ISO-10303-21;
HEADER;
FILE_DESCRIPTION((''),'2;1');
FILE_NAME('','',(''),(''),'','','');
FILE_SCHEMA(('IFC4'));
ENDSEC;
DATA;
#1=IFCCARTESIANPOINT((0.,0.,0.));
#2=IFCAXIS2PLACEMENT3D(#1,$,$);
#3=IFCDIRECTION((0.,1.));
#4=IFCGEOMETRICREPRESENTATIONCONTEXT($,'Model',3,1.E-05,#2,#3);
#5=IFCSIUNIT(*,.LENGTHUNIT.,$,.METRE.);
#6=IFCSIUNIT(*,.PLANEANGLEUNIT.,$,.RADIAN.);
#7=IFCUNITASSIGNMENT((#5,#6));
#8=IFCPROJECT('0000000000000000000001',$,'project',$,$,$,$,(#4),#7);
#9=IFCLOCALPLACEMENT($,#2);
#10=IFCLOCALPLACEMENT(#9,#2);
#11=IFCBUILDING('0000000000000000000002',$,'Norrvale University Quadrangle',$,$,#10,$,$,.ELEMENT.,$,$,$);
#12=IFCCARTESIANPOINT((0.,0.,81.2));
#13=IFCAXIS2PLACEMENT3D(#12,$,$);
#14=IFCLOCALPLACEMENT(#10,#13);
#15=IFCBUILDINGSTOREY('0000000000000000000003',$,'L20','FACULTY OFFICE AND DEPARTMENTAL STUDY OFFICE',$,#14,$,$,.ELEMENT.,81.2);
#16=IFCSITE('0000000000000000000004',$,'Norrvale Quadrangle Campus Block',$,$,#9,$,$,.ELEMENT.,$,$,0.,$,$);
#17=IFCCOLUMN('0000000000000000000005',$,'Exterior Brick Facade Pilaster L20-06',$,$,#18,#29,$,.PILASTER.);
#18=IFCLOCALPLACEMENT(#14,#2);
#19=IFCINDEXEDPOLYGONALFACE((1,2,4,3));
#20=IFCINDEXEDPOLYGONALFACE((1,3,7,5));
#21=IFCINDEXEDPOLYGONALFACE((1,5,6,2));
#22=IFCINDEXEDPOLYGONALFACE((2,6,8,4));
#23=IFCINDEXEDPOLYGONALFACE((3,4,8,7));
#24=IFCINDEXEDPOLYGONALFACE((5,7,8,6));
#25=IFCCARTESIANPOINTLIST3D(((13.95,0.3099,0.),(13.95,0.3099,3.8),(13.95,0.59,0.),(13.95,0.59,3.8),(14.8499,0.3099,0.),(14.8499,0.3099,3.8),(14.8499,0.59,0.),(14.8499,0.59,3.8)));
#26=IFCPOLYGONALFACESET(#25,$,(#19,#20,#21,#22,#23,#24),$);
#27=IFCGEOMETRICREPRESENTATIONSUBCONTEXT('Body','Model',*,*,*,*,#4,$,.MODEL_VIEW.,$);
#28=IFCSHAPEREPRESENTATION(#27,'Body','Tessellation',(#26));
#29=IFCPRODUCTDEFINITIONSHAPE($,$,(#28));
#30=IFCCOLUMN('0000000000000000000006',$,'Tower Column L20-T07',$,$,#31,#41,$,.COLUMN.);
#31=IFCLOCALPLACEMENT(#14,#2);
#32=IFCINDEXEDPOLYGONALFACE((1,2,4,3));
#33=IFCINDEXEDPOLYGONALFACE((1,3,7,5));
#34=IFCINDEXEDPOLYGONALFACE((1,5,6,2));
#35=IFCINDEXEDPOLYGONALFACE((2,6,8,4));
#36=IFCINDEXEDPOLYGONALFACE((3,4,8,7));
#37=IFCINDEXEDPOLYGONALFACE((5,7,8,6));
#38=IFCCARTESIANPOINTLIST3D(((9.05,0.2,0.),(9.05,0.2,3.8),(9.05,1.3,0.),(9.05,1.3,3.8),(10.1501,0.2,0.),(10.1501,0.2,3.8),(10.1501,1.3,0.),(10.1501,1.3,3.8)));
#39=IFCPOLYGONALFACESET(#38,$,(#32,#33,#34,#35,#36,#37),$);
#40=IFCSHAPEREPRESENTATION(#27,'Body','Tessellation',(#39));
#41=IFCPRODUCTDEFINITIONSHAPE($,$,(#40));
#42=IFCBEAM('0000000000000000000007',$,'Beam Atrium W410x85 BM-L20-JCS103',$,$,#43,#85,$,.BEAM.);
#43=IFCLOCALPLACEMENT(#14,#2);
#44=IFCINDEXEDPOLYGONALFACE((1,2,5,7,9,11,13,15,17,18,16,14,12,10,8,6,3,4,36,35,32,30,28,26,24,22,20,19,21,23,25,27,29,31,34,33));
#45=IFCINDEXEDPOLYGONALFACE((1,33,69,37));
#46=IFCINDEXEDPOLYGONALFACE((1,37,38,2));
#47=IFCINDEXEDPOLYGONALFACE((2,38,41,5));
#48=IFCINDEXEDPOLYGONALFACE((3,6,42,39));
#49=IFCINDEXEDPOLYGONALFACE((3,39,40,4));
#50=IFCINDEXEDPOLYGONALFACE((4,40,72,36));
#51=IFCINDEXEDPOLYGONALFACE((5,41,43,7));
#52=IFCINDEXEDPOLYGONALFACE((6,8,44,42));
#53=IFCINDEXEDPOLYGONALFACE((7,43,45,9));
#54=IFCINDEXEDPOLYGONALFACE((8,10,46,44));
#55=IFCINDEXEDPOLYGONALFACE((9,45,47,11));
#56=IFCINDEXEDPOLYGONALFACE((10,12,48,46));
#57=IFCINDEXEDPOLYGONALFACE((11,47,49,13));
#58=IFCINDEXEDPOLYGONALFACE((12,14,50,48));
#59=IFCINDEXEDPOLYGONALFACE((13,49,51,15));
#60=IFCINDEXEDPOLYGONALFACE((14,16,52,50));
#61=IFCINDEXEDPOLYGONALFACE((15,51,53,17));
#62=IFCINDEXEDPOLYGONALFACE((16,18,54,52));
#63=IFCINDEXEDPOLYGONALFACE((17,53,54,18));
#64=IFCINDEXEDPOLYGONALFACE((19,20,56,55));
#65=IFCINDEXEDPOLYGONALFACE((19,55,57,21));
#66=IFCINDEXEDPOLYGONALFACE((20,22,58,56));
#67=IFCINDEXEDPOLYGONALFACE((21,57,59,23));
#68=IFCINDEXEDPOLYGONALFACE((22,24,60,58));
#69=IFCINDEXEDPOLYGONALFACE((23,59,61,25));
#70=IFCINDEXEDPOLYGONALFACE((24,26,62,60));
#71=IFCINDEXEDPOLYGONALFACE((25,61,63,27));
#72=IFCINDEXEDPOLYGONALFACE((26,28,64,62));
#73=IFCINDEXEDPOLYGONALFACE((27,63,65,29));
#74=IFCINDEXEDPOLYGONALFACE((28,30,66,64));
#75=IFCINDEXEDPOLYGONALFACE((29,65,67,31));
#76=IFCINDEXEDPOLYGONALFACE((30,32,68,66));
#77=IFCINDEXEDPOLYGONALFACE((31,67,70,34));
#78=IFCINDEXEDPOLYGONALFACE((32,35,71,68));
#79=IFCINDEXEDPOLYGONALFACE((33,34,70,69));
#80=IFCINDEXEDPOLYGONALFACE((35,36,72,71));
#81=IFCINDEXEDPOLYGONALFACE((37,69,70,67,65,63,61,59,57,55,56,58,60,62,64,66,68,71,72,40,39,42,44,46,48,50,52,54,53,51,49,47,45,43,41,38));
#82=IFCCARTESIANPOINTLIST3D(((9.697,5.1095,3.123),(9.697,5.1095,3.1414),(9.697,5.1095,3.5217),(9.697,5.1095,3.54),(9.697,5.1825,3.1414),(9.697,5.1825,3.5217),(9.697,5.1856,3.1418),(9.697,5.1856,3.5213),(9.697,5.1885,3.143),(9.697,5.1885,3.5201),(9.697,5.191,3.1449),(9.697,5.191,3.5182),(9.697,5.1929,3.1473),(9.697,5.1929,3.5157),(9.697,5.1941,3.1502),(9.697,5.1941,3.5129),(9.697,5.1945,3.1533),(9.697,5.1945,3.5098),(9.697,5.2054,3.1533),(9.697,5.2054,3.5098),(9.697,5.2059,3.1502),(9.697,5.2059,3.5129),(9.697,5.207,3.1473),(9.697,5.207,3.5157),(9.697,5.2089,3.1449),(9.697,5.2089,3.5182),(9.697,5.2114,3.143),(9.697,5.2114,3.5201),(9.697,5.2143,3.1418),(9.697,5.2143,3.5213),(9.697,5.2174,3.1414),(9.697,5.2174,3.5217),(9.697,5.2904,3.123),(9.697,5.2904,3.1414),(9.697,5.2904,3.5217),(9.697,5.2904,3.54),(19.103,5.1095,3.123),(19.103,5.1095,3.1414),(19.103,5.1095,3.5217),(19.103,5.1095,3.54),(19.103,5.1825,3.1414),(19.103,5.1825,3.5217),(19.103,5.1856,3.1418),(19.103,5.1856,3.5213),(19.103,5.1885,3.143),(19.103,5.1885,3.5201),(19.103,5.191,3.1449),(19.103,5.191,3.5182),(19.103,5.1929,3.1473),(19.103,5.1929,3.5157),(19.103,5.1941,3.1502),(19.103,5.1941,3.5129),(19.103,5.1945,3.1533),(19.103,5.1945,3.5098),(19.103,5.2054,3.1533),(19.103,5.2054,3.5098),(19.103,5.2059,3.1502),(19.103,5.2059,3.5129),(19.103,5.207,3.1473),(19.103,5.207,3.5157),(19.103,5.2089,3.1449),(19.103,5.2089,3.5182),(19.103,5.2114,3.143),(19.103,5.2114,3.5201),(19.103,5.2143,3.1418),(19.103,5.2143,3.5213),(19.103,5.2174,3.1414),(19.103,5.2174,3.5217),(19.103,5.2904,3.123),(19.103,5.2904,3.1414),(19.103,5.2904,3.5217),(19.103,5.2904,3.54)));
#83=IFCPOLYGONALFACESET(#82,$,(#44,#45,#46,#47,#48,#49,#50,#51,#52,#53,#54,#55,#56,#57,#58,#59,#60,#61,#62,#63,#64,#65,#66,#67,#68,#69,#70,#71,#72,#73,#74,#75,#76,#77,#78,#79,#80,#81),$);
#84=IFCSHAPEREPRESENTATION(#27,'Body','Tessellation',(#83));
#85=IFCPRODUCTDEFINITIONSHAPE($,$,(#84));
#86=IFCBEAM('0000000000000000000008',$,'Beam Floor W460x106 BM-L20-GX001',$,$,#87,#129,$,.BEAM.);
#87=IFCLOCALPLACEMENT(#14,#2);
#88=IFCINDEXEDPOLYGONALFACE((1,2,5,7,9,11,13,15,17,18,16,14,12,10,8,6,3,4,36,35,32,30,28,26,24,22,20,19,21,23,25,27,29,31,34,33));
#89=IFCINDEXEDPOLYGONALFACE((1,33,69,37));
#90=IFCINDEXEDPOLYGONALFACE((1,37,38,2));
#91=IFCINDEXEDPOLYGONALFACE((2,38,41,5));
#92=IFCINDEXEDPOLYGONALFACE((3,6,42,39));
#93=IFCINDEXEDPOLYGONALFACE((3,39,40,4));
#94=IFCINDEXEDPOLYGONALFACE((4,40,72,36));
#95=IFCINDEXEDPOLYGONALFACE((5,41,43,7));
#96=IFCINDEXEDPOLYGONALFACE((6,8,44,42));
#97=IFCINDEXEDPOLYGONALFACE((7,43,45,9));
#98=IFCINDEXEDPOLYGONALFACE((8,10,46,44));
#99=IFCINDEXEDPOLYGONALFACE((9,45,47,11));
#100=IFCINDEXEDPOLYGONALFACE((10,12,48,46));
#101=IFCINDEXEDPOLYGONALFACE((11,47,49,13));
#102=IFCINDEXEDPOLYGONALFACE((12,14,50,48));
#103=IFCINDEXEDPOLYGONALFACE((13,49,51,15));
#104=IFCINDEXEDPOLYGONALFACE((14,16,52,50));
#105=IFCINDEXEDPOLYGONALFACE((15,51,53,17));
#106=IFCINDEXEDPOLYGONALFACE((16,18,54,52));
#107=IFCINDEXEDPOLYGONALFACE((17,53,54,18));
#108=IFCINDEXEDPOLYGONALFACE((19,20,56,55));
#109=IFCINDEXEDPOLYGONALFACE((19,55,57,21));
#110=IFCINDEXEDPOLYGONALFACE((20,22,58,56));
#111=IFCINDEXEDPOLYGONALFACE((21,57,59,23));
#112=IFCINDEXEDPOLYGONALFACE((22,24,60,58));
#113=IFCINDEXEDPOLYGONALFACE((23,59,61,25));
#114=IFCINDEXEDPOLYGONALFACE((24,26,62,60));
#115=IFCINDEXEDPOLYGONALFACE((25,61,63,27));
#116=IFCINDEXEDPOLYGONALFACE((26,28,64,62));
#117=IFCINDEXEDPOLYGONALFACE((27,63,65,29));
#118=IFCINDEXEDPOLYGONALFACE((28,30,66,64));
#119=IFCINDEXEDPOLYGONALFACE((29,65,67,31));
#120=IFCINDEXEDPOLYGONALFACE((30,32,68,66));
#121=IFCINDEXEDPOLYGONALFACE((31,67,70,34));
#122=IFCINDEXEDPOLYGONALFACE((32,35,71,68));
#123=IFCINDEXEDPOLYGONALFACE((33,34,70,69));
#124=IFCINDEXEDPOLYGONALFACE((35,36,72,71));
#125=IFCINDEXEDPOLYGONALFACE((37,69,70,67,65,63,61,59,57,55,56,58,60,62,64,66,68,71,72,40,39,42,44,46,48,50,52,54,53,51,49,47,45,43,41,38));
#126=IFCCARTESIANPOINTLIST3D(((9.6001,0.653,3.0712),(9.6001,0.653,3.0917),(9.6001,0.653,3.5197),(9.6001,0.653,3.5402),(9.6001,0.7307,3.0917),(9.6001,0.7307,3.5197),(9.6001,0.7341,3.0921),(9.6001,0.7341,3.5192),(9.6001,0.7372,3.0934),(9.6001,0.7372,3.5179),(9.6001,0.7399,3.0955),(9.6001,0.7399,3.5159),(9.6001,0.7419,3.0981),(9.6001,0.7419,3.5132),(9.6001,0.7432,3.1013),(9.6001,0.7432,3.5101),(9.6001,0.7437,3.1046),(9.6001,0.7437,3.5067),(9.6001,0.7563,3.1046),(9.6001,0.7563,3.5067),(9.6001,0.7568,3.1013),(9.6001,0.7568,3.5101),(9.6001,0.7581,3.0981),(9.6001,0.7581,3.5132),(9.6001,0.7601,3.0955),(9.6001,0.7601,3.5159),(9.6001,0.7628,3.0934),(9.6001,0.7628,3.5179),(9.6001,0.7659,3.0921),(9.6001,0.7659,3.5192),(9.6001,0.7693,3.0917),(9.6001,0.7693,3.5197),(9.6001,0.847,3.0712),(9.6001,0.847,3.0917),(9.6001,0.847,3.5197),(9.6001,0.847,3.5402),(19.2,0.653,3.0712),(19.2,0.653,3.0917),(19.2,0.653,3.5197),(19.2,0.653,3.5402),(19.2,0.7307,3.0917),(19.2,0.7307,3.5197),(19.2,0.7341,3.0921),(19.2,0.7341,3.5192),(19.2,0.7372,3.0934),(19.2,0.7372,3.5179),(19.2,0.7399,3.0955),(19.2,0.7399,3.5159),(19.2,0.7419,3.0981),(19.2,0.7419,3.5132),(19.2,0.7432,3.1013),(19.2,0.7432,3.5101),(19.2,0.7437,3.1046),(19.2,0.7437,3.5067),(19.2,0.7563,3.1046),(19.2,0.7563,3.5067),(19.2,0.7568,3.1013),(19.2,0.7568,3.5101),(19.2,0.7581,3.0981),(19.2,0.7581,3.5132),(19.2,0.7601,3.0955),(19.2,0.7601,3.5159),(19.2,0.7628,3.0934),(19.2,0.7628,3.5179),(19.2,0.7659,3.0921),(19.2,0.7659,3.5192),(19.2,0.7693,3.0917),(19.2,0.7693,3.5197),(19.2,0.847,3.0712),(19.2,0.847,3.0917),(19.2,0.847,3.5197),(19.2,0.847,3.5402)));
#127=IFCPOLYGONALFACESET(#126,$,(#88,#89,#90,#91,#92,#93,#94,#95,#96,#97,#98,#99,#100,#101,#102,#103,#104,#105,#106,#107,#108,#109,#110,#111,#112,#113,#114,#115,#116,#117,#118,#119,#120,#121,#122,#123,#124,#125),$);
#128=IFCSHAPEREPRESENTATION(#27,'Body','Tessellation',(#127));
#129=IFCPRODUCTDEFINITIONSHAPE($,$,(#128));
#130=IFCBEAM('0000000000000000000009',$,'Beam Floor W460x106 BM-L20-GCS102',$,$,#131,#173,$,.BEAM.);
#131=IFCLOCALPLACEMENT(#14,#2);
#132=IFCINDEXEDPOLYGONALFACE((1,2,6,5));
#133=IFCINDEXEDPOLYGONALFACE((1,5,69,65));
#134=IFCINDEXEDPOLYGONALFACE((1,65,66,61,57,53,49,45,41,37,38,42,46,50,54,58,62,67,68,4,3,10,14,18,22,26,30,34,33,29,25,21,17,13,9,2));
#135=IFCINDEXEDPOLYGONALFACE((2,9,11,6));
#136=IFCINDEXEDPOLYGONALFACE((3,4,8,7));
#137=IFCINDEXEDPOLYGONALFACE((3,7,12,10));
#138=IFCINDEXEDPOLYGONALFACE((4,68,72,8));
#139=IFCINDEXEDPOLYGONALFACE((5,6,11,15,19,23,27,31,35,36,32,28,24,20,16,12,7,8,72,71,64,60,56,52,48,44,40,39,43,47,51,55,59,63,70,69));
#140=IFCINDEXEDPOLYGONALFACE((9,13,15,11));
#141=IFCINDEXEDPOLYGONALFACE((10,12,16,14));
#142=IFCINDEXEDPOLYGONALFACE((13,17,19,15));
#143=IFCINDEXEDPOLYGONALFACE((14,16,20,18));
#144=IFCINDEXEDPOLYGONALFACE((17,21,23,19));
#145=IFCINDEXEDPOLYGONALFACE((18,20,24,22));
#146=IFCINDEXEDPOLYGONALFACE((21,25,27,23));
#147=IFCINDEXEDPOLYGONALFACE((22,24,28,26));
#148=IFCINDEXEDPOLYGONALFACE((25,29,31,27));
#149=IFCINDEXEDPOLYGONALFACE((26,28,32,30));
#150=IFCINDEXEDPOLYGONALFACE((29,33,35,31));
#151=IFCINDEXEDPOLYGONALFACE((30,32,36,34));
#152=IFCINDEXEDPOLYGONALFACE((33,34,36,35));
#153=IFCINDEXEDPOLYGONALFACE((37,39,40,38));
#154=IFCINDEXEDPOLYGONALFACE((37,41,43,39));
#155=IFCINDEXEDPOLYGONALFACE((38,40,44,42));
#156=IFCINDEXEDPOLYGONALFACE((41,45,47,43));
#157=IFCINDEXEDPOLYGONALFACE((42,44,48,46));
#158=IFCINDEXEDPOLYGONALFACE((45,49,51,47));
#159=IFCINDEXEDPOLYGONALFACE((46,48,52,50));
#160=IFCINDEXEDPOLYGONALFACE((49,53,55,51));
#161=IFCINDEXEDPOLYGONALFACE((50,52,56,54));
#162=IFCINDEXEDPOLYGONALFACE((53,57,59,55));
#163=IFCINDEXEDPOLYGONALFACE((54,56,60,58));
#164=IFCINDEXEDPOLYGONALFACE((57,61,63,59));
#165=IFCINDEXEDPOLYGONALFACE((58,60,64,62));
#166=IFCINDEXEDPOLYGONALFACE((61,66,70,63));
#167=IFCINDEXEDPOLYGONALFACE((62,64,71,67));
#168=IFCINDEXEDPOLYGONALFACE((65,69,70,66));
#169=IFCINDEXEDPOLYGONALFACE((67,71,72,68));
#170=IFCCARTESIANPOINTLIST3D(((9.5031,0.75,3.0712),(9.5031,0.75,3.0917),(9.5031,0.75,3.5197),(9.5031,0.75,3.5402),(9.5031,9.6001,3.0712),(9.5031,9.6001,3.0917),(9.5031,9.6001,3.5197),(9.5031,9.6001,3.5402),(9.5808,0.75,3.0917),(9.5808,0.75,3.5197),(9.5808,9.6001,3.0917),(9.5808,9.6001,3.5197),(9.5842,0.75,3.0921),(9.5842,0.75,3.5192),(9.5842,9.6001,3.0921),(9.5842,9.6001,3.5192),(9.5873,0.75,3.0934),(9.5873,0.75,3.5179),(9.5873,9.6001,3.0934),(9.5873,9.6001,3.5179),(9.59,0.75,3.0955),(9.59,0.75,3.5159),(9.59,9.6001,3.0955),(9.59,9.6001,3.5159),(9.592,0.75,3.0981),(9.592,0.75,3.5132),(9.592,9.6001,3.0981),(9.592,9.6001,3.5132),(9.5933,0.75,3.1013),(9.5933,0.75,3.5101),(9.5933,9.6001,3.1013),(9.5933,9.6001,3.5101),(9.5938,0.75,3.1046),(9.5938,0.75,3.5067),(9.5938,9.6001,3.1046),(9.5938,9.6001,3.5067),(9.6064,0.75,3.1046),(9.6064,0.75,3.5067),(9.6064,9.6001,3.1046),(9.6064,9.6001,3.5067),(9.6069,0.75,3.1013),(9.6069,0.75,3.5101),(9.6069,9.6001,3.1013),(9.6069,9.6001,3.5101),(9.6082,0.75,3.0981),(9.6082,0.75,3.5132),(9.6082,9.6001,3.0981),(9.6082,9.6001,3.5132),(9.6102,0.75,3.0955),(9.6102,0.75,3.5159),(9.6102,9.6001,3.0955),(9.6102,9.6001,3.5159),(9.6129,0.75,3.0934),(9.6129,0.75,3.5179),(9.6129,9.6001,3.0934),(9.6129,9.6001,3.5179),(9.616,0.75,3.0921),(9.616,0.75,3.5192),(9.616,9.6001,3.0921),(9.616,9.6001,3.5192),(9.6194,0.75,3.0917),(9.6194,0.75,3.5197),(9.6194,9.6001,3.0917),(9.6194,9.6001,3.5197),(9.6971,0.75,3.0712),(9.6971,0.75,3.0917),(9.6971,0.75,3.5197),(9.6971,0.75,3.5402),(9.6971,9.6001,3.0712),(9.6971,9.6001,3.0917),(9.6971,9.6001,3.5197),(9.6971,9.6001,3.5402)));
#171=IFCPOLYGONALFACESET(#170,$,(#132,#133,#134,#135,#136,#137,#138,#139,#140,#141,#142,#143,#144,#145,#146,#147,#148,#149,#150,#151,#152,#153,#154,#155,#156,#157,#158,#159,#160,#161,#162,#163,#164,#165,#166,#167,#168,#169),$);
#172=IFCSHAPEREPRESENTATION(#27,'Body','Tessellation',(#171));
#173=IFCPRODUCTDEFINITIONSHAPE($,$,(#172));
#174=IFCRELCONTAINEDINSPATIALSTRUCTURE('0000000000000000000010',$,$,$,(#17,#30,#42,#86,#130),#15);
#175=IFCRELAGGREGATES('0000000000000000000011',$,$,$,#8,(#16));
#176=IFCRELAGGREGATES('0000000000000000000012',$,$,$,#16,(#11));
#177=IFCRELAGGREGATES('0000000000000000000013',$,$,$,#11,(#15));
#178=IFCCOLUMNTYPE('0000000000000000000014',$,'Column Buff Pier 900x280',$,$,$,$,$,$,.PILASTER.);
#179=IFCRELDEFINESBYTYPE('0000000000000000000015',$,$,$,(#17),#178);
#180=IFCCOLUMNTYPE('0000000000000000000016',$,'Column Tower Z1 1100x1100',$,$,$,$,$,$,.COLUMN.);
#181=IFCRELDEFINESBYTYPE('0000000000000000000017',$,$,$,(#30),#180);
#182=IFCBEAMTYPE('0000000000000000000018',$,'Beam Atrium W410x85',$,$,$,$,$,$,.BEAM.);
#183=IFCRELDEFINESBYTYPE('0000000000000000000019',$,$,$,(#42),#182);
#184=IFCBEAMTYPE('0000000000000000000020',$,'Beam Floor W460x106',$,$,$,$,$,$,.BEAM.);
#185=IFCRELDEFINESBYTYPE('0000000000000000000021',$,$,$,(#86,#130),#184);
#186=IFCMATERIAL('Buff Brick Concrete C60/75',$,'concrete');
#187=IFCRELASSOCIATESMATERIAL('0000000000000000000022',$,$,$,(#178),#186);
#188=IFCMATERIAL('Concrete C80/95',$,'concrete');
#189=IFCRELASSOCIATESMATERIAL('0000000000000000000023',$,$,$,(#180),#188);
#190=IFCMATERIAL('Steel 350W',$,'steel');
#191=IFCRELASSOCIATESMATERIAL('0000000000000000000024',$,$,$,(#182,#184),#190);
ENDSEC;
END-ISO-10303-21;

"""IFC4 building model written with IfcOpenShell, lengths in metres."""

from ifc_helpers import new_model, si_unit, direction, frame, origin, origin_2d, place, context, subcontext, project, spatial, rectangle, i_section, extrude, material, material_profile, profile_set, type_object, element, save


model = new_model("IFC4")

# Units and contexts
model_context = context("Model", 3, precision=1e-05, world=origin(), true_north=direction((0.0, 1.0)))
body_context = subcontext(model_context, "Body", "Model", "MODEL_VIEW")
ifc_project = project(units=[si_unit("LENGTHUNIT", "METRE"), si_unit("PLANEANGLEUNIT", "RADIAN")], contexts=[model_context])

# Site, building, storey
site_placement = place(None, origin())
site = spatial("IfcSite", under=ifc_project, at=site_placement, Name="Norrvale Quadrangle Campus Block", CompositionType="ELEMENT", RefElevation=0.0)
building_placement = place(site_placement, origin())
building = spatial("IfcBuilding", under=site, at=building_placement, Name="Norrvale University Quadrangle", CompositionType="ELEMENT")
storey_placement = place(building_placement, frame((0.0, 0.0, 81.2)))
storey = spatial("IfcBuildingStorey", under=building, at=storey_placement, Name="L20", Description="FACULTY OFFICE AND DEPARTMENTAL STUDY OFFICE", CompositionType="ELEMENT", Elevation=81.2)

# Columns
ifc_material_1 = material(Name="Buff Brick Concrete C60/75", Category="concrete")
ifc_material_profile_1 = material_profile(ifc_material_1, rectangle(XDim=0.8999, YDim=0.28, at=origin_2d()), Name="Buff Brick Concrete C60/75")
ifc_profile_set_1 = profile_set([ifc_material_profile_1], Name="Buff Brick Concrete C60/75")
column_type_1 = type_object("IfcColumnType", Name="Column Buff Pier 900x280", PredefinedType="PILASTER", material=ifc_profile_set_1)
column_1_placement = place(storey_placement, frame((14.3999, 0.45, 0.0), z_axis=(0.0, 0.0, 1.0), x_axis=(1.0, 0.0, 0.0)))
element("IfcColumn", 1, at=column_1_placement, inside=storey, type_object=column_type_1, Name="Exterior Brick Facade Pilaster L20-06", PredefinedType="PILASTER", context=body_context, shape_type="SweptSolid", body=[
    extrude(rectangle(XDim=0.8999, YDim=0.28, at=origin_2d()), origin(), (0.0, 0.0, 1.0), 3.8),
])
ifc_material_2 = material(Name="Concrete C80/95", Category="concrete")
ifc_material_profile_2 = material_profile(ifc_material_2, rectangle(XDim=1.1001, YDim=1.1001, at=origin_2d()), Name="Concrete C80/95")
ifc_profile_set_2 = profile_set([ifc_material_profile_2], Name="Concrete C80/95")
column_type_2 = type_object("IfcColumnType", Name="Column Tower Z1 1100x1100", PredefinedType="COLUMN", material=ifc_profile_set_2)
column_2_placement = place(storey_placement, frame((9.6001, 0.75, 0.0), z_axis=(0.0, 0.0, 1.0), x_axis=(1.0, 0.0, 0.0)))
element("IfcColumn", 2, at=column_2_placement, inside=storey, type_object=column_type_2, Name="Tower Column L20-T07", PredefinedType="COLUMN", context=body_context, shape_type="SweptSolid", body=[
    extrude(rectangle(XDim=1.1001, YDim=1.1001, at=origin_2d()), origin(), (0.0, 0.0, 1.0), 3.8),
])

# Beams
ifc_material_3 = material(Name="Steel 350W", Category="steel")
ifc_material_profile_3 = material_profile(ifc_material_3, i_section(OverallWidth=0.1809, OverallDepth=0.417, WebThickness=0.011, FlangeThickness=0.0183, FilletRadius=0.012, at=origin_2d()), Name="Steel 350W")
ifc_profile_set_3 = profile_set([ifc_material_profile_3], Name="Steel 350W")
beam_type_1 = type_object("IfcBeamType", Name="Beam Atrium W410x85", PredefinedType="BEAM", material=ifc_profile_set_3)
beam_1_placement = place(storey_placement, frame((9.697, 5.2, 3.3315), z_axis=(1.0, 0.0, 0.0), x_axis=(0.0, 1.0, 0.0)))
element("IfcBeam", 3, at=beam_1_placement, inside=storey, type_object=beam_type_1, Name="Beam Atrium W410x85 BM-L20-JCS103", PredefinedType="BEAM", context=body_context, shape_type="SweptSolid", body=[
    extrude(i_section(OverallWidth=0.1809, OverallDepth=0.417, WebThickness=0.011, FlangeThickness=0.0183, FilletRadius=0.012, at=origin_2d()), origin(), (0.0, 0.0, 1.0), 9.406),
])
ifc_material_profile_4 = material_profile(ifc_material_3, i_section(OverallWidth=0.1941, OverallDepth=0.469, WebThickness=0.0127, FlangeThickness=0.0205, FilletRadius=0.0129, at=origin_2d()), Name="Steel 350W")
ifc_profile_set_4 = profile_set([ifc_material_profile_4], Name="Steel 350W")
beam_type_2 = type_object("IfcBeamType", Name="Beam Floor W460x106", PredefinedType="BEAM", material=ifc_profile_set_4)
beam_2_placement = place(storey_placement, frame((9.6001, 0.75, 3.3057), z_axis=(1.0, 0.0, 0.0), x_axis=(0.0, 1.0, 0.0)))
element("IfcBeam", 4, at=beam_2_placement, inside=storey, type_object=beam_type_2, Name="Beam Floor W460x106 BM-L20-GX001", PredefinedType="BEAM", context=body_context, shape_type="SweptSolid", body=[
    extrude(i_section(OverallWidth=0.1941, OverallDepth=0.469, WebThickness=0.0127, FlangeThickness=0.0205, FilletRadius=0.0129, at=origin_2d()), origin(), (0.0, 0.0, 1.0), 9.5999),
])
beam_3_placement = place(storey_placement, frame((9.6001, 0.75, 3.3057), z_axis=(0.0, 1.0, 0.0), x_axis=(-1.0, 0.0, 0.0)))
element("IfcBeam", 5, at=beam_3_placement, inside=storey, type_object=beam_type_2, Name="Beam Floor W460x106 BM-L20-GCS102", PredefinedType="BEAM", context=body_context, shape_type="SweptSolid", body=[
    extrude(i_section(OverallWidth=0.1941, OverallDepth=0.469, WebThickness=0.0127, FlangeThickness=0.0205, FilletRadius=0.0129, at=origin_2d()), origin(), (0.0, 0.0, 1.0), 8.8501),
])

save(model, "model.ifc")
